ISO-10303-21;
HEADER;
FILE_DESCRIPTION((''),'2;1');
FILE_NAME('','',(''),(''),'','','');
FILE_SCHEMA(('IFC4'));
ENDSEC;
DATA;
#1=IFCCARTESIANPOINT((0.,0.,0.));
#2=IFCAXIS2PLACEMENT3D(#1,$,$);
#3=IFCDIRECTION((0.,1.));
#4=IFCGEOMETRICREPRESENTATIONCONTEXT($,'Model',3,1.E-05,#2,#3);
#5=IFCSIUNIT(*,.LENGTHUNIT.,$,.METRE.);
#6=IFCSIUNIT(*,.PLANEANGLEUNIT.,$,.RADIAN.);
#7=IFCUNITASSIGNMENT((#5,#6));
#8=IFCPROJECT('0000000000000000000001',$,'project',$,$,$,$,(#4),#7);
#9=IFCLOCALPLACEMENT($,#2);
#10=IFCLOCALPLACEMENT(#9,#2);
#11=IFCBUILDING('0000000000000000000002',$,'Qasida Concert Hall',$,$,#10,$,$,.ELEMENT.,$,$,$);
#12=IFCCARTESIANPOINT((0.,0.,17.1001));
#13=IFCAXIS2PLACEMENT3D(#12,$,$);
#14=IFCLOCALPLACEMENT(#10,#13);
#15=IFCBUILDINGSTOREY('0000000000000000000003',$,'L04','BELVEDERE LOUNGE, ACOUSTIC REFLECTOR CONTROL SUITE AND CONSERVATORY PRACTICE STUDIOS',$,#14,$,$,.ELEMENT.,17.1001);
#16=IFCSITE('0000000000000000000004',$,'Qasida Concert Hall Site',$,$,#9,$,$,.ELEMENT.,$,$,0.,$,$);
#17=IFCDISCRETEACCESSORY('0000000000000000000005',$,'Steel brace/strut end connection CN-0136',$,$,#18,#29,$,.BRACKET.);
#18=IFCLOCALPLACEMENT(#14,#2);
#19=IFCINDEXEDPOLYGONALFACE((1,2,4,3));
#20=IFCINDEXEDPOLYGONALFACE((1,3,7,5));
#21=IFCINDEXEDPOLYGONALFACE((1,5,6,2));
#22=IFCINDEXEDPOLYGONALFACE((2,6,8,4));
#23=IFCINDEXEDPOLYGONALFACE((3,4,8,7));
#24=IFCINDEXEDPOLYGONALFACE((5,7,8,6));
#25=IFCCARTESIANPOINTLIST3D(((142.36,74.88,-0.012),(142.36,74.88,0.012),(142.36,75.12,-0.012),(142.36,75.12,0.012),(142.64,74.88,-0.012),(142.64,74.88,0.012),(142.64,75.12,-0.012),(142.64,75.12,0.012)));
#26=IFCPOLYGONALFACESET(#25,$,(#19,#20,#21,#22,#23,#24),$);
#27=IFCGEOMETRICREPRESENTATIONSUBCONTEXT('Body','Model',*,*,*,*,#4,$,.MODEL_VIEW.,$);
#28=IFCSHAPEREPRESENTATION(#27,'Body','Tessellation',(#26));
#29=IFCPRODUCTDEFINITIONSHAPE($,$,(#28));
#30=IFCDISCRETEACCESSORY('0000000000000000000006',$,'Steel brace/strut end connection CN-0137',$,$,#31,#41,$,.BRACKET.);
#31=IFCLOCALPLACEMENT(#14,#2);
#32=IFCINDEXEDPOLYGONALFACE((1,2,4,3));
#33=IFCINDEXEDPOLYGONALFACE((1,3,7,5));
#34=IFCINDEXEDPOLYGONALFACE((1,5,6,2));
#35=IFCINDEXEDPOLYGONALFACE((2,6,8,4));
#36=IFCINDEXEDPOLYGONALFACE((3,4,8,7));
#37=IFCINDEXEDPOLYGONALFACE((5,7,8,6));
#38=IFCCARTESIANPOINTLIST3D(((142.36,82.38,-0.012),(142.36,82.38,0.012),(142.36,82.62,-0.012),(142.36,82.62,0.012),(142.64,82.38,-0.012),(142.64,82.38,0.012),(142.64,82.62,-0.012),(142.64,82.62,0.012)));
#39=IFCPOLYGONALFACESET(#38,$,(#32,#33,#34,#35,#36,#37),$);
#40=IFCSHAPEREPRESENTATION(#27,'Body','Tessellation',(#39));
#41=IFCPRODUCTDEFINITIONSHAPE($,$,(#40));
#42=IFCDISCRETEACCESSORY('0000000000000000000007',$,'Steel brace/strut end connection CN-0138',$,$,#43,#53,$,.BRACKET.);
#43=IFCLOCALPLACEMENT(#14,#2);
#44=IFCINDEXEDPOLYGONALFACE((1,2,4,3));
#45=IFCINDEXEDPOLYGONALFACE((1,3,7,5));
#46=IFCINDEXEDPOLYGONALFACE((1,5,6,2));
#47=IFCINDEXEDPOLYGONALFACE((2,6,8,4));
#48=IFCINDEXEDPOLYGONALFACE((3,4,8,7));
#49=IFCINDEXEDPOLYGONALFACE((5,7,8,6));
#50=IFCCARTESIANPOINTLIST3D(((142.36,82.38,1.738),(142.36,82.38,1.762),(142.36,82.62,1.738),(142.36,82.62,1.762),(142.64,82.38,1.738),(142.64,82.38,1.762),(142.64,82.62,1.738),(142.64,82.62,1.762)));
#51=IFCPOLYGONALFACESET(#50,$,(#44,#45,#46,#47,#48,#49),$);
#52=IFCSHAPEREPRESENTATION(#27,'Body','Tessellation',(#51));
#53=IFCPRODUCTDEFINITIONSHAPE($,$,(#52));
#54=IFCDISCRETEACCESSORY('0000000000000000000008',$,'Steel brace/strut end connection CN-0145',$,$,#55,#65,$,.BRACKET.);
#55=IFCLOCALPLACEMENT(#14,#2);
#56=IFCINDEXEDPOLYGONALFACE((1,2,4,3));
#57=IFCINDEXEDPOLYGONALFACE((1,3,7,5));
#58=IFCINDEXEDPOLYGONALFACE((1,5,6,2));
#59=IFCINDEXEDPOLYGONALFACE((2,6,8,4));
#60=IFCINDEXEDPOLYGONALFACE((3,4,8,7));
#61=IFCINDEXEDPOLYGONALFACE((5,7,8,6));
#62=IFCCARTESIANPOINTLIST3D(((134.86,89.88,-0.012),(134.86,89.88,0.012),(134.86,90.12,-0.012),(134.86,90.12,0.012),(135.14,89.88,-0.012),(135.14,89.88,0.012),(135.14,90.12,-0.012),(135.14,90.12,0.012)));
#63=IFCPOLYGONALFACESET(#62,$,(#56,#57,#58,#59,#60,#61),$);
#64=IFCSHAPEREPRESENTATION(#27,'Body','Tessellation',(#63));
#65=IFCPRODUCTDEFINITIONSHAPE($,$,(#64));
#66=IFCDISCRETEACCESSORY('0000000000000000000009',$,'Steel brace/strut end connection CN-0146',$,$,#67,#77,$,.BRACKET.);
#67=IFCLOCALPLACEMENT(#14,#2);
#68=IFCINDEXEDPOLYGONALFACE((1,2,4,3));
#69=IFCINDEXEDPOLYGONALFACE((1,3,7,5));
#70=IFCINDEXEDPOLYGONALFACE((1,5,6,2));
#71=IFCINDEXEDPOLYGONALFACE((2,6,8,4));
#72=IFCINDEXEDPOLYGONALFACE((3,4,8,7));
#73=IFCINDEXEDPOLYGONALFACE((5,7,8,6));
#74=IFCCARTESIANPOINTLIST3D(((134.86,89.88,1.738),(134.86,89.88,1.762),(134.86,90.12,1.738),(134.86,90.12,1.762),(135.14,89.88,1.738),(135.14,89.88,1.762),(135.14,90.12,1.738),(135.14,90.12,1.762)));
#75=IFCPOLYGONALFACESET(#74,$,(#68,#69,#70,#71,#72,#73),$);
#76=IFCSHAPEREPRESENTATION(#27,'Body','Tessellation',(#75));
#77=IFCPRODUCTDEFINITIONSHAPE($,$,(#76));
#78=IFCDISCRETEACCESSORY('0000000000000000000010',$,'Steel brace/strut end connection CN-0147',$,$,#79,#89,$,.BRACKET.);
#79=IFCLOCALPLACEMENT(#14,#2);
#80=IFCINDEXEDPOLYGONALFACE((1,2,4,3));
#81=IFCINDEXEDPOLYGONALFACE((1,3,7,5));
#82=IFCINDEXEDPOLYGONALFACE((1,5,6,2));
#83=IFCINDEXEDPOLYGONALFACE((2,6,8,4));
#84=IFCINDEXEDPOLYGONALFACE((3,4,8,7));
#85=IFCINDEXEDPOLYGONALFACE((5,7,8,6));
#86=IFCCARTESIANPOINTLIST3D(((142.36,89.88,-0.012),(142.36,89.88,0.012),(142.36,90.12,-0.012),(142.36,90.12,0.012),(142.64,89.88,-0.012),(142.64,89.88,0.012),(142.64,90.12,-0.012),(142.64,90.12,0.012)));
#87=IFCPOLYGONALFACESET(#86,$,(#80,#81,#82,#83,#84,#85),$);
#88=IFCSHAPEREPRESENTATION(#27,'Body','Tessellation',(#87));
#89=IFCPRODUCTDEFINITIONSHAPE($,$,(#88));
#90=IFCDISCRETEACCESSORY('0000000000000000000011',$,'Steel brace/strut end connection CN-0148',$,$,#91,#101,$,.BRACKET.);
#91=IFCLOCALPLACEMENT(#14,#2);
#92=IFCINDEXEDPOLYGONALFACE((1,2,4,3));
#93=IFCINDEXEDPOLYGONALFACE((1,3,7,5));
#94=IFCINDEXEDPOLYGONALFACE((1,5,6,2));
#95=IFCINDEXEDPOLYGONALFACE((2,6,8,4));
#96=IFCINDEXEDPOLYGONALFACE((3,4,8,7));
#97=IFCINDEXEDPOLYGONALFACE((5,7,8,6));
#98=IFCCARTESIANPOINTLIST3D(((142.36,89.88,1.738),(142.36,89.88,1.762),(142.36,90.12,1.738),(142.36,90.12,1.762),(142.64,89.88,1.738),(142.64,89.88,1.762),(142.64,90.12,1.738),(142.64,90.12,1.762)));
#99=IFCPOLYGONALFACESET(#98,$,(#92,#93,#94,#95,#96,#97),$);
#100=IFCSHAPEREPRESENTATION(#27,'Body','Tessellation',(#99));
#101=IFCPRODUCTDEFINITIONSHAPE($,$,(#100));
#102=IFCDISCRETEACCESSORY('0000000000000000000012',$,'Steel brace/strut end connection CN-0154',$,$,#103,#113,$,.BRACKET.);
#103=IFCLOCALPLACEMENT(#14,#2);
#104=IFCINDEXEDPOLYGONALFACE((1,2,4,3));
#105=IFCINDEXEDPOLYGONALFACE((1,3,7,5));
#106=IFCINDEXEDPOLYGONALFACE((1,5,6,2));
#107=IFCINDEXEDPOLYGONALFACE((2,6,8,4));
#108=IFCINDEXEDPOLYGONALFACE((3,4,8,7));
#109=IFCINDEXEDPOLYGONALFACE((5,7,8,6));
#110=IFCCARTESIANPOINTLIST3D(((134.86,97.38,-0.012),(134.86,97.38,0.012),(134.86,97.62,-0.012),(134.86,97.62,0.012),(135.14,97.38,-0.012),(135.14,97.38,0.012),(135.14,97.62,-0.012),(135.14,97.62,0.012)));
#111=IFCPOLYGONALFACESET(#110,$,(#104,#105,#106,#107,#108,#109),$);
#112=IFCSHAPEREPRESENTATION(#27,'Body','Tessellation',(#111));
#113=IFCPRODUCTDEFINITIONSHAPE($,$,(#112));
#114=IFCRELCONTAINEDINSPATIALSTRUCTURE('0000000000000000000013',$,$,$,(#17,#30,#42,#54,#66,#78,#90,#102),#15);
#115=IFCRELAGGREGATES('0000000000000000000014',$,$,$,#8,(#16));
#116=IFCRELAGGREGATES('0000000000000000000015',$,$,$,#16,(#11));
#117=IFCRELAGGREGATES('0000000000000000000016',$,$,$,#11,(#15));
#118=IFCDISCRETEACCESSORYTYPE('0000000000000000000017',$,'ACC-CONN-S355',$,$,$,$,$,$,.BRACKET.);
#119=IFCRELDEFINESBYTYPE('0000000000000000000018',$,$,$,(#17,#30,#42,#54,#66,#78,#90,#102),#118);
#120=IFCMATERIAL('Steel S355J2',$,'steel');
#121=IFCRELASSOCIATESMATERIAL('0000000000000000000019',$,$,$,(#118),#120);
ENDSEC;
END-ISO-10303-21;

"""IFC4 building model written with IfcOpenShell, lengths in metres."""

from ifc_helpers import new_model, si_unit, direction, frame, origin, origin_2d, place, context, subcontext, project, spatial, rectangle, extrude, material, type_object, element, save


model = new_model("IFC4")

# Units and contexts
model_context = context("Model", 3, precision=1e-05, world=origin(), true_north=direction((0.0, 1.0)))
body_context = subcontext(model_context, "Body", "Model", "MODEL_VIEW")
ifc_project = project(units=[si_unit("LENGTHUNIT", "METRE"), si_unit("PLANEANGLEUNIT", "RADIAN")], contexts=[model_context])

# Site, building, storey
site_placement = place(None, origin())
site = spatial("IfcSite", under=ifc_project, at=site_placement, Name="Qasida Concert Hall Site", CompositionType="ELEMENT", RefElevation=0.0)
building_placement = place(site_placement, origin())
building = spatial("IfcBuilding", under=site, at=building_placement, Name="Qasida Concert Hall", CompositionType="ELEMENT")
storey_placement = place(building_placement, frame((0.0, 0.0, 17.1001)))
storey = spatial("IfcBuildingStorey", under=building, at=storey_placement, Name="L04", Description="BELVEDERE LOUNGE, ACOUSTIC REFLECTOR CONTROL SUITE AND CONSERVATORY PRACTICE STUDIOS", CompositionType="ELEMENT", Elevation=17.1001)

# Shared definitions
ifc_material = material(Name="Steel S355J2", Category="steel")

# Discrete accessories
discrete_accessory_type = type_object("IfcDiscreteAccessoryType", Name="ACC-CONN-S355", PredefinedType="BRACKET", material=ifc_material)
for number, where, z_axis, x_axis, name in (
    (1, (142.5, 75.0, -0.012), (0.0, 0.0, 1.0), (1.0, 0.0, 0.0), "Steel brace/strut end connection CN-0136"),
    (2, (142.5, 82.5, -0.012), (0.0, 0.0, 1.0), (1.0, 0.0, 0.0), "Steel brace/strut end connection CN-0137"),
    (3, (142.5, 82.5, 1.738), (0.0, 0.0, 1.0), (1.0, 0.0, 0.0), "Steel brace/strut end connection CN-0138"),
    (4, (135.0, 90.0, -0.012), (0.0, 0.0, 1.0), (1.0, 0.0, 0.0), "Steel brace/strut end connection CN-0145"),
    (5, (135.0, 90.0, 1.738), (0.0, 0.0, 1.0), (1.0, 0.0, 0.0), "Steel brace/strut end connection CN-0146"),
    (6, (142.5, 90.0, -0.012), (0.0, 0.0, 1.0), (1.0, 0.0, 0.0), "Steel brace/strut end connection CN-0147"),
    (7, (142.5, 90.0, 1.738), (0.0, 0.0, 1.0), (1.0, 0.0, 0.0), "Steel brace/strut end connection CN-0148"),
    (8, (135.0, 97.5, -0.012), (0.0, 0.0, 1.0), (1.0, 0.0, 0.0), "Steel brace/strut end connection CN-0154"),
):
    element("IfcDiscreteAccessory", number, at=place(storey_placement, frame(where, z_axis=z_axis, x_axis=x_axis)), inside=storey, type_object=discrete_accessory_type, Name=name, PredefinedType="BRACKET", context=body_context, shape_type="SweptSolid", body=[
        extrude(rectangle(XDim=0.28, YDim=0.24, at=origin_2d()), origin(), (0.0, 0.0, 1.0), 0.0239),
    ])

save(model, "model.ifc")
